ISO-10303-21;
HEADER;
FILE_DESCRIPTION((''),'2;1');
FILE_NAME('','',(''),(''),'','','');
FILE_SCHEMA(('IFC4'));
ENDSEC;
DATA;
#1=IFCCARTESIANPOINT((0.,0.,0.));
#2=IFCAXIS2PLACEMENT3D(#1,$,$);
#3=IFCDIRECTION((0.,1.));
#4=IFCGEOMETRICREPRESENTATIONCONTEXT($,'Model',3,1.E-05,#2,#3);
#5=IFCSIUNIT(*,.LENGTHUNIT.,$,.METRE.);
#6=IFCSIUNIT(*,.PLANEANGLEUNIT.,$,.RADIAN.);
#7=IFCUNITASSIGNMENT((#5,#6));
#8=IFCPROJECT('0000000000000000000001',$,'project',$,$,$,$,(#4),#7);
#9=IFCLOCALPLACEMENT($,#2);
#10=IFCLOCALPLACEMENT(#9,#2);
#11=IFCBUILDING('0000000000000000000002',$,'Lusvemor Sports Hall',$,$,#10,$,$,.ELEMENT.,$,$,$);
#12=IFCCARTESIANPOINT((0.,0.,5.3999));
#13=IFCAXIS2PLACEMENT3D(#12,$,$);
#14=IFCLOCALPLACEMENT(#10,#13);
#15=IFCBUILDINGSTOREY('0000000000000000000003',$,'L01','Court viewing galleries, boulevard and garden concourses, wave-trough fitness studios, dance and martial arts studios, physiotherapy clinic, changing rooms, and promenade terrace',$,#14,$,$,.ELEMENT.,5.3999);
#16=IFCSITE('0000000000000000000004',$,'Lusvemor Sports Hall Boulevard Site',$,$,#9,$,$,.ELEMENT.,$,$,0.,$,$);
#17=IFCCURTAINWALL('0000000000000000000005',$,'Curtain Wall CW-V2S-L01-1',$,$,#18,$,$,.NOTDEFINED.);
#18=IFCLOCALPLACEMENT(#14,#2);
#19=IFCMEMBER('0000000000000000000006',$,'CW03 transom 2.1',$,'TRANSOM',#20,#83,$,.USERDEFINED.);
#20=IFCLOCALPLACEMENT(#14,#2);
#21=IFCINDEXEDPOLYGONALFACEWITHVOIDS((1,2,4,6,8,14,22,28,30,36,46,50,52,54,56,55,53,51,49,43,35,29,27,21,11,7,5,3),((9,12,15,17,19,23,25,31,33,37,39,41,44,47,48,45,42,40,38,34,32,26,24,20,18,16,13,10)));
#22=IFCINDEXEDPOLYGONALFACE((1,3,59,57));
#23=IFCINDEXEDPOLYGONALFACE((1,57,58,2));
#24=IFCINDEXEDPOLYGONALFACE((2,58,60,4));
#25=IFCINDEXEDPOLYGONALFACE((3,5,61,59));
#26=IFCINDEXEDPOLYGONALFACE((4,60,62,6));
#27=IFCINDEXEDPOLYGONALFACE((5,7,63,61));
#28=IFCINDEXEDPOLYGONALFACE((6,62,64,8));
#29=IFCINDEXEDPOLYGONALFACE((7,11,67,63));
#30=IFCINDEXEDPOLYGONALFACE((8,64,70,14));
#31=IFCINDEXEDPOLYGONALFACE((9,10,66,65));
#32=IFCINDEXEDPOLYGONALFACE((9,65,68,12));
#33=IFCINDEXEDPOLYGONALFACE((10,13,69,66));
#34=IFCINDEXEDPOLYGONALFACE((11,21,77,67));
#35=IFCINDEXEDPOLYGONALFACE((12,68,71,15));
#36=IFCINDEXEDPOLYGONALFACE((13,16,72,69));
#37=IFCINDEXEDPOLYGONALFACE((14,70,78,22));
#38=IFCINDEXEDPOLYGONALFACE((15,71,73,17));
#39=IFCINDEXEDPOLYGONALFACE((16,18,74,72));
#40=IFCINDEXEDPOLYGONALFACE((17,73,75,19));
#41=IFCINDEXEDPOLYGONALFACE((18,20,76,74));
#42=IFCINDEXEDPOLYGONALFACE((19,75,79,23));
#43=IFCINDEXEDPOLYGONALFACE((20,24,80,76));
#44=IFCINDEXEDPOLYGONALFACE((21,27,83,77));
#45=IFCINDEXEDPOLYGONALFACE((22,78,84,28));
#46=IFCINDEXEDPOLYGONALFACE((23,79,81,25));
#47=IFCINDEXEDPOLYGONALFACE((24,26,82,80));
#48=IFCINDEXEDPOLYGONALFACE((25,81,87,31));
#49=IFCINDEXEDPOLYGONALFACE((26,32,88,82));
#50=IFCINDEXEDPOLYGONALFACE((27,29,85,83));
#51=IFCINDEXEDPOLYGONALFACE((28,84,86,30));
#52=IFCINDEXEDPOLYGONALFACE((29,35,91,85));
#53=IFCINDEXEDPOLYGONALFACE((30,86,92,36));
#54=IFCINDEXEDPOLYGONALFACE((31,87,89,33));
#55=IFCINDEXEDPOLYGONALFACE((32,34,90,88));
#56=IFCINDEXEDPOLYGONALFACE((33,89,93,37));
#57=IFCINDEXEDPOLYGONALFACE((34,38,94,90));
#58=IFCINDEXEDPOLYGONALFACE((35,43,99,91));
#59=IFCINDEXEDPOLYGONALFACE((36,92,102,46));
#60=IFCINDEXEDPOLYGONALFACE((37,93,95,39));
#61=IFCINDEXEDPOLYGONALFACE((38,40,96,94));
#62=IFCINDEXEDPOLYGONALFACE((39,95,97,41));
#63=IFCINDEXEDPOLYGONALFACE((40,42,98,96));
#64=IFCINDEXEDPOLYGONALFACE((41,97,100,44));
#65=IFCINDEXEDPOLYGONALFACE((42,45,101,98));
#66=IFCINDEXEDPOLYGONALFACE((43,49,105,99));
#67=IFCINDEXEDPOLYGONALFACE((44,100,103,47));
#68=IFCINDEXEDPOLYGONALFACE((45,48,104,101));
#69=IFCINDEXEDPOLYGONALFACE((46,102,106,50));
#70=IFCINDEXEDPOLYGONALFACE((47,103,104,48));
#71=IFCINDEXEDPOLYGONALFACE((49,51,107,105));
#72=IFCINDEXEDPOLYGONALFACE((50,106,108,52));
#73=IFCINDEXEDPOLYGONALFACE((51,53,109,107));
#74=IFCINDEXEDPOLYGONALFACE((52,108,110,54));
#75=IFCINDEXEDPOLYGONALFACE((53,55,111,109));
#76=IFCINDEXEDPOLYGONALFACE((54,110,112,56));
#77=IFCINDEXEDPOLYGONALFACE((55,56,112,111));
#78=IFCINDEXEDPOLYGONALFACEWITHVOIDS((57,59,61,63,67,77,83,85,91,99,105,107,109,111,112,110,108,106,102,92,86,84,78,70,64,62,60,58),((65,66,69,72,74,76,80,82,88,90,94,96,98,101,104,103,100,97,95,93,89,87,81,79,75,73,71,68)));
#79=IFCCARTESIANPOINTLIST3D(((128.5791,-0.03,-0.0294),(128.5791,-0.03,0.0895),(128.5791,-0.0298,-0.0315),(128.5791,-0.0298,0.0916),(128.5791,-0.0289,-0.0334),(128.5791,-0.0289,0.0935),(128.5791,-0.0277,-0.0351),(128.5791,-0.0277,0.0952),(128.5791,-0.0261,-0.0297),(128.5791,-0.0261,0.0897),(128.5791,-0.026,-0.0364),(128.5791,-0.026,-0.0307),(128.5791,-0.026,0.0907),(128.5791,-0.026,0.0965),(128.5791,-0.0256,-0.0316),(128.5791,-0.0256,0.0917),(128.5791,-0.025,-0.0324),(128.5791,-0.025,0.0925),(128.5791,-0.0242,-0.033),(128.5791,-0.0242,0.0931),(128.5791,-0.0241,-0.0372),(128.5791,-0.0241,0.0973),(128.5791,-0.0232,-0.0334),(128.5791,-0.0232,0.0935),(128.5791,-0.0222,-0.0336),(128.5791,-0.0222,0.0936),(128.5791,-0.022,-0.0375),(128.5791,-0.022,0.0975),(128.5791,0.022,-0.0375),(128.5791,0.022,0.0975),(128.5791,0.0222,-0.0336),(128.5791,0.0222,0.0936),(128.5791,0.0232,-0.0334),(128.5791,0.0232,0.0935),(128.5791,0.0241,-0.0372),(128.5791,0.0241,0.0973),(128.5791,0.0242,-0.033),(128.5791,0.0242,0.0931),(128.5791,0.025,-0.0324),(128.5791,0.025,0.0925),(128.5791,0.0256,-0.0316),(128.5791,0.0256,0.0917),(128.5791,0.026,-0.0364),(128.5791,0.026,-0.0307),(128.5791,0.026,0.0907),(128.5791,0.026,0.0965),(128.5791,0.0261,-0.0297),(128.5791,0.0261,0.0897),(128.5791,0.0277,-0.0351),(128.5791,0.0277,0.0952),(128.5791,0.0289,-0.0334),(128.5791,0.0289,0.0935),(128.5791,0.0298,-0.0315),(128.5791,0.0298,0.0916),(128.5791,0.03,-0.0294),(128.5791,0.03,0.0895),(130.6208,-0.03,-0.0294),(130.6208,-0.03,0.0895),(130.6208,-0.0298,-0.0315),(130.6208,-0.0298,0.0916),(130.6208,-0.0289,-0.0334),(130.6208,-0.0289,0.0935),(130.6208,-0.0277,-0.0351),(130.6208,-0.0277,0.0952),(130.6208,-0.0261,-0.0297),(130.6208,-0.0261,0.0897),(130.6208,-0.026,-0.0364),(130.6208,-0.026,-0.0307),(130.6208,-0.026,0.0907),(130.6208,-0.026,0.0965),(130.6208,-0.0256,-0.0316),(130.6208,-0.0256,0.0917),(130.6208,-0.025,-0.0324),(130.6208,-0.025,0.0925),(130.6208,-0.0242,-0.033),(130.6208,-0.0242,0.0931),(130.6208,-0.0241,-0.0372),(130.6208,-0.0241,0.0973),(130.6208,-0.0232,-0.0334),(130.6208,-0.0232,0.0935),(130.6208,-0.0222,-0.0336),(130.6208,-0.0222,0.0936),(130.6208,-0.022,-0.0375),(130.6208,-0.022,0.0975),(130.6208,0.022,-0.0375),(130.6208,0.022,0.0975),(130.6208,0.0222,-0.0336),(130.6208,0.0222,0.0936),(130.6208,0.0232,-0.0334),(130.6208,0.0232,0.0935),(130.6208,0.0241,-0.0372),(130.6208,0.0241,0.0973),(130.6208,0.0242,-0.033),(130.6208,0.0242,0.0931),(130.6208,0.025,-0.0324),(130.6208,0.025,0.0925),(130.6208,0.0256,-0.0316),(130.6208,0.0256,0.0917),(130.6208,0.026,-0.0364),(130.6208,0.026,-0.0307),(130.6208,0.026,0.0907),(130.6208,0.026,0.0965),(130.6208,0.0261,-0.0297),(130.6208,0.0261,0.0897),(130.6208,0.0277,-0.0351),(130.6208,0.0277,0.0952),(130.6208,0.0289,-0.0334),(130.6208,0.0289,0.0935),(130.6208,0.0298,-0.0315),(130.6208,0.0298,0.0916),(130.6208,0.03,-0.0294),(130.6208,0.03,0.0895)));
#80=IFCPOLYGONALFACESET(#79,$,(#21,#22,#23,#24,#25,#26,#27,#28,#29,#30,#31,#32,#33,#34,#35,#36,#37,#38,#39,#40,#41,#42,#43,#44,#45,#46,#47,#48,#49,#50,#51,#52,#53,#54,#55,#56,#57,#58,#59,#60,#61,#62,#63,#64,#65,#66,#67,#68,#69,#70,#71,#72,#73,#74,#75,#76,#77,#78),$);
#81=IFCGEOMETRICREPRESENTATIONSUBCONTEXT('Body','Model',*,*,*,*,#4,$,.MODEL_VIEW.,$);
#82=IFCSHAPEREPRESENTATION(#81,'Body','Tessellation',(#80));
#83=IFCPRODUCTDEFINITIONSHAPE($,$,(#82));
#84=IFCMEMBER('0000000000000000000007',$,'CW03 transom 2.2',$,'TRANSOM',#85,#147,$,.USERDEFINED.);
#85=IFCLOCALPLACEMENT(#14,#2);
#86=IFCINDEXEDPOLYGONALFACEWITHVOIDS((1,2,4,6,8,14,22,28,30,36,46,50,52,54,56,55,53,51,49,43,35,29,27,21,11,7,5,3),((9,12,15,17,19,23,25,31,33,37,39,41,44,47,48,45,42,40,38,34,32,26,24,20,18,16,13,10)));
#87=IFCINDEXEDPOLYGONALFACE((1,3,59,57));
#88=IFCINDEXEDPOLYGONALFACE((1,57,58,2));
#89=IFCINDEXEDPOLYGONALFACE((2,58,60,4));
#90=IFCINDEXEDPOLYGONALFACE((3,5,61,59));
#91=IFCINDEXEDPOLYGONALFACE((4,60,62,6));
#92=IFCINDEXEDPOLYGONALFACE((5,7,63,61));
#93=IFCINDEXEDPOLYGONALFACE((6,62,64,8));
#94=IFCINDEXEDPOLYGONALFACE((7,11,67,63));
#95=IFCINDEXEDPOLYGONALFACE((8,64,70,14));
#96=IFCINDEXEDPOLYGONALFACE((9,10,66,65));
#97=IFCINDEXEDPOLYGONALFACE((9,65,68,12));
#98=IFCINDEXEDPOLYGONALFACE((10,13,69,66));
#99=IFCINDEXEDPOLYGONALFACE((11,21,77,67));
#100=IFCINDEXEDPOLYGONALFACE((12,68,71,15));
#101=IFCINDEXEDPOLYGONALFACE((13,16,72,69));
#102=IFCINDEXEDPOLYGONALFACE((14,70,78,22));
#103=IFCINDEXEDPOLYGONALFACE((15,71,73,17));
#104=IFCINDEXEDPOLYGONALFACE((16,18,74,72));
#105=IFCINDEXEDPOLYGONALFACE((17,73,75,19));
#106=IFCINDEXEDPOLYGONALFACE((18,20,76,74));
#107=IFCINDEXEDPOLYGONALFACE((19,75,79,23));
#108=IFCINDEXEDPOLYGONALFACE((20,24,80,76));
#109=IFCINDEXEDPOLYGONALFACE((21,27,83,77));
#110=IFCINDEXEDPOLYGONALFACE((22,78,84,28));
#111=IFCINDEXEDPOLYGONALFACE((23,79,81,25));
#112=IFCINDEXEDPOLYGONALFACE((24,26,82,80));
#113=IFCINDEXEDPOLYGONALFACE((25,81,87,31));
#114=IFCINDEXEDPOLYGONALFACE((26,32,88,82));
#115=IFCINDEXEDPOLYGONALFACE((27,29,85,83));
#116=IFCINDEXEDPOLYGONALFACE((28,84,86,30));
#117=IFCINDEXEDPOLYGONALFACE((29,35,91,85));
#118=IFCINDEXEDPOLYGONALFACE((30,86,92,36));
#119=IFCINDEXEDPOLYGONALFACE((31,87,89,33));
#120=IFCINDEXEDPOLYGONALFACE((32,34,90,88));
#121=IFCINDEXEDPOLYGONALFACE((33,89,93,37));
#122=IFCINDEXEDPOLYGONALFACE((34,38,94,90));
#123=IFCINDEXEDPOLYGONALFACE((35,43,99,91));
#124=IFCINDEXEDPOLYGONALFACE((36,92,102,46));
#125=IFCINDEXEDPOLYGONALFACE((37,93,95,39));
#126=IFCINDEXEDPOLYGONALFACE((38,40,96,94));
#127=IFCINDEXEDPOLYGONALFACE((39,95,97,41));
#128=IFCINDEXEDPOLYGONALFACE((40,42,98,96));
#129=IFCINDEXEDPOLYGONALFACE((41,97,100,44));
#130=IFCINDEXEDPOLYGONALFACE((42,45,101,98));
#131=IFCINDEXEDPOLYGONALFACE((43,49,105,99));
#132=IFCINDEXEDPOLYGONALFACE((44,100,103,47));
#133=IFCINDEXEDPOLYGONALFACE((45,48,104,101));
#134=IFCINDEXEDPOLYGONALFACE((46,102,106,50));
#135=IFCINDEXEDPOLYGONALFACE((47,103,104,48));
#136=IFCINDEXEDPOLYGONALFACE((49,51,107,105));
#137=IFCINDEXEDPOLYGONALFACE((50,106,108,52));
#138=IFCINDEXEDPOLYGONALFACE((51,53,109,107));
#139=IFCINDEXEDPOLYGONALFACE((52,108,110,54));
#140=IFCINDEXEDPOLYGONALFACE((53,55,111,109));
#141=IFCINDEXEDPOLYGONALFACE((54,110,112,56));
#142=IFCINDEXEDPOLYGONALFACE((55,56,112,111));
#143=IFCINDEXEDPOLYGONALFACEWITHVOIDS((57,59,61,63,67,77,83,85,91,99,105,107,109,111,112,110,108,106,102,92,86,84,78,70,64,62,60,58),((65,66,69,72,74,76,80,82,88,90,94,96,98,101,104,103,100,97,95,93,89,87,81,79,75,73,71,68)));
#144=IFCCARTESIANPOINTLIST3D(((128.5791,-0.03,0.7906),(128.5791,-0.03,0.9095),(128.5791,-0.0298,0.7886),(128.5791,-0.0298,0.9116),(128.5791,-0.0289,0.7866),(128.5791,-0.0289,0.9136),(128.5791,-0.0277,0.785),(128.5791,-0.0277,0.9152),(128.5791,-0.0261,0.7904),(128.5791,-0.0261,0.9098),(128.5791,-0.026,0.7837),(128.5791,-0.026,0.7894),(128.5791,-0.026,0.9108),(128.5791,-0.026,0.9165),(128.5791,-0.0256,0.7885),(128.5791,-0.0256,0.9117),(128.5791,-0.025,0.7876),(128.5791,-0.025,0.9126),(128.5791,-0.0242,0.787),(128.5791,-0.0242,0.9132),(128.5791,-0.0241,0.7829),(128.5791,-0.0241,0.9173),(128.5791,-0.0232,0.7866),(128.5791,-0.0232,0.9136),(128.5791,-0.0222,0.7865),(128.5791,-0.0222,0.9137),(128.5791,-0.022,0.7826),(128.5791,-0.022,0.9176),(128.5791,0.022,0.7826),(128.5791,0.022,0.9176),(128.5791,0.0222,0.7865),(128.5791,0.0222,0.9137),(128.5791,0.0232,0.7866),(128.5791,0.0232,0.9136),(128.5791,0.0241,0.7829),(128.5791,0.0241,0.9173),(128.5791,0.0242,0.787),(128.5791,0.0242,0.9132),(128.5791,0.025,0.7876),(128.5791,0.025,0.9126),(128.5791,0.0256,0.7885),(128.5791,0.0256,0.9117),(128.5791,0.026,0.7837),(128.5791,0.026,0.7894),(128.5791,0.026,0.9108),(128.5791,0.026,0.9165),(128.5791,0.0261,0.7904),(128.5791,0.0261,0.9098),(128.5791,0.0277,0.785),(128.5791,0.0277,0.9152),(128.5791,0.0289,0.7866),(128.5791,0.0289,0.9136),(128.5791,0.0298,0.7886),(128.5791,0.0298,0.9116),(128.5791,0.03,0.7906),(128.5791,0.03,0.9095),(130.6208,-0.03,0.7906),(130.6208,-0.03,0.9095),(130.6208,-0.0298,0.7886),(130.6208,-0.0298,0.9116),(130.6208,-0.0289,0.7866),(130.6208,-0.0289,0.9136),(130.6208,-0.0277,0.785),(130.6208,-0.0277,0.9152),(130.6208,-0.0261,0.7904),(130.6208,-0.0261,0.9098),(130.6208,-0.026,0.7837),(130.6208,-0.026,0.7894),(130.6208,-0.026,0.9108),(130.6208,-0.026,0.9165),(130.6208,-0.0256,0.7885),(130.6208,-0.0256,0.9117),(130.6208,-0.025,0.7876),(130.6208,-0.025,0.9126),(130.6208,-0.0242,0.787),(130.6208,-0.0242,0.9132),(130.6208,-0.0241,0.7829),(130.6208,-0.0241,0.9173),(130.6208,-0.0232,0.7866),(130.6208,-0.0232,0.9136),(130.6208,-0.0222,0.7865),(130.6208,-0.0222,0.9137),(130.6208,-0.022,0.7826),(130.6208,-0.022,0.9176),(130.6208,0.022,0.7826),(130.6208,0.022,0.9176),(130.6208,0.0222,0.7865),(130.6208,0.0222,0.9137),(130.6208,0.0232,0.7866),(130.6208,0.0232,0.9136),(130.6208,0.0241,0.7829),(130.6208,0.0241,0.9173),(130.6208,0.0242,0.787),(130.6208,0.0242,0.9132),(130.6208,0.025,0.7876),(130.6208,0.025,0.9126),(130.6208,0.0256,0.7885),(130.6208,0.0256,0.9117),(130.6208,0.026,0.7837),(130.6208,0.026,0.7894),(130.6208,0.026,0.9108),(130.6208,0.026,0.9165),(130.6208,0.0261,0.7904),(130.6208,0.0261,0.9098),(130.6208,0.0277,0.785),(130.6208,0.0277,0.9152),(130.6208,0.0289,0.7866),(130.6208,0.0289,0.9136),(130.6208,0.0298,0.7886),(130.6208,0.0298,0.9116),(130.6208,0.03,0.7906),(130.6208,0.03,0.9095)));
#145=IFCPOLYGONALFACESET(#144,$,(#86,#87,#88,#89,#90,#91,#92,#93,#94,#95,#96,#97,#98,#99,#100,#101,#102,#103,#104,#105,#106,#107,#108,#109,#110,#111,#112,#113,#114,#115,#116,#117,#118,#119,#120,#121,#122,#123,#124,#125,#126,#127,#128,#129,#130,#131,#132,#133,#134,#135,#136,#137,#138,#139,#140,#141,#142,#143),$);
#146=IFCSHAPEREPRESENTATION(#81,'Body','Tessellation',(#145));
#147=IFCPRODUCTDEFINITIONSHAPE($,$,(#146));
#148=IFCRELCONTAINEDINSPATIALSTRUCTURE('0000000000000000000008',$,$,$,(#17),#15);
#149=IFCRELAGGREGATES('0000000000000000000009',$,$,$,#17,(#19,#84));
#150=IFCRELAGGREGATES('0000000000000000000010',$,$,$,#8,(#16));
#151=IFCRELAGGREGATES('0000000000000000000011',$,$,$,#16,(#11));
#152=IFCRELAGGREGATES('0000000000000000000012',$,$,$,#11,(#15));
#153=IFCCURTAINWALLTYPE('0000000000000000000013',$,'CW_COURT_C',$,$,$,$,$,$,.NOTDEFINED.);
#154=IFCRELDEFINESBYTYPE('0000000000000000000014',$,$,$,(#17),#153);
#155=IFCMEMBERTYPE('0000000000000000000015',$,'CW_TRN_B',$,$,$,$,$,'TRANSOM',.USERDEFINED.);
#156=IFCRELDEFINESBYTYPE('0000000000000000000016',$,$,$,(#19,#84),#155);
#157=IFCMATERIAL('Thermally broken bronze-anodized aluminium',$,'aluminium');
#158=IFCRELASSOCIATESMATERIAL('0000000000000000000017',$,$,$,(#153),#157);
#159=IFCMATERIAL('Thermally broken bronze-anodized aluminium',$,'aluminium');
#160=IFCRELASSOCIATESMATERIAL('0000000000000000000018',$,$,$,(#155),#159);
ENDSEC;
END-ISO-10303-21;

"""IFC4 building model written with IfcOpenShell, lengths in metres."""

from ifc_helpers import new_model, si_unit, direction, frame, origin, origin_2d, place, context, subcontext, project, spatial, hollow_rectangle, extrude, material, material_profile, profile_set, type_object, element, aggregate, save


model = new_model("IFC4")

# Units and contexts
model_context = context("Model", 3, precision=1e-05, world=origin(), true_north=direction((0.0, 1.0)))
body_context = subcontext(model_context, "Body", "Model", "MODEL_VIEW")
ifc_project = project(units=[si_unit("LENGTHUNIT", "METRE"), si_unit("PLANEANGLEUNIT", "RADIAN")], contexts=[model_context])

# Site, building, storey
site_placement = place(None, origin())
site = spatial("IfcSite", under=ifc_project, at=site_placement, Name="Lusvemor Sports Hall Boulevard Site", CompositionType="ELEMENT", RefElevation=0.0)
building_placement = place(site_placement, origin())
building = spatial("IfcBuilding", under=site, at=building_placement, Name="Lusvemor Sports Hall", CompositionType="ELEMENT")
storey_placement = place(building_placement, frame((0.0, 0.0, 5.3999)))
storey = spatial("IfcBuildingStorey", under=building, at=storey_placement, Name="L01", Description="Court viewing galleries, boulevard and garden concourses, wave-trough fitness studios, dance and martial arts studios, physiotherapy clinic, changing rooms, and promenade terrace", CompositionType="ELEMENT", Elevation=5.3999)

# Curtain wall, members
ifc_material_1 = material(Name="Thermally broken bronze-anodized aluminium", Category="aluminium")
curtain_wall_type = type_object("IfcCurtainWallType", Name="CW_COURT_C", PredefinedType="NOTDEFINED", material=ifc_material_1)
curtain_wall_placement = place(storey_placement, origin())
curtain_wall = element("IfcCurtainWall", 1, at=curtain_wall_placement, inside=storey, type_object=curtain_wall_type, Name="Curtain Wall CW-V2S-L01-1", PredefinedType="NOTDEFINED")
ifc_material_2 = material(Name="Thermally broken bronze-anodized aluminium", Category="aluminium")
ifc_material_profile_1 = material_profile(ifc_material_2, hollow_rectangle(XDim=0.0601, YDim=0.135, WallThickness=0.0039, InnerFilletRadius=0.0039, OuterFilletRadius=0.0081, at=origin_2d()), Name="CWTRN135x60x4")
ifc_profile_set_1 = profile_set([ifc_material_profile_1], Name="Thermally broken bronze-anodized aluminium")
member_type_1 = type_object("IfcMemberType", Name="CW_TRN_B", ElementType="TRANSOM", PredefinedType="USERDEFINED", material=ifc_profile_set_1)
member_1_placement = place(storey_placement, frame((130.6208, 0.0, 0.03), z_axis=(-1.0, 0.0, 0.0), x_axis=(0.0, -1.0, 0.0)))
member_1 = element("IfcMember", 2, at=member_1_placement, type_object=member_type_1, Name="CW03 transom 2.1", ObjectType="TRANSOM", PredefinedType="USERDEFINED", context=body_context, shape_type="SweptSolid", body=[
    extrude(hollow_rectangle(XDim=0.0601, YDim=0.135, WallThickness=0.0039, InnerFilletRadius=0.0039, OuterFilletRadius=0.0081, at=origin_2d()), origin(), (0.0, 0.0, 1.0), 2.0417),
])
member_2_placement = place(storey_placement, frame((130.6208, 0.0, 0.8501), z_axis=(-1.0, 0.0, 0.0), x_axis=(0.0, -1.0, 0.0)))
member_2 = element("IfcMember", 3, at=member_2_placement, type_object=member_type_1, Name="CW03 transom 2.2", ObjectType="TRANSOM", PredefinedType="USERDEFINED", context=body_context, shape_type="SweptSolid", body=[
    extrude(hollow_rectangle(XDim=0.0601, YDim=0.135, WallThickness=0.0039, InnerFilletRadius=0.0039, OuterFilletRadius=0.0081, at=origin_2d()), origin(), (0.0, 0.0, 1.0), 2.0417),
])

aggregate(curtain_wall, [member_1, member_2])

save(model, "model.ifc")
